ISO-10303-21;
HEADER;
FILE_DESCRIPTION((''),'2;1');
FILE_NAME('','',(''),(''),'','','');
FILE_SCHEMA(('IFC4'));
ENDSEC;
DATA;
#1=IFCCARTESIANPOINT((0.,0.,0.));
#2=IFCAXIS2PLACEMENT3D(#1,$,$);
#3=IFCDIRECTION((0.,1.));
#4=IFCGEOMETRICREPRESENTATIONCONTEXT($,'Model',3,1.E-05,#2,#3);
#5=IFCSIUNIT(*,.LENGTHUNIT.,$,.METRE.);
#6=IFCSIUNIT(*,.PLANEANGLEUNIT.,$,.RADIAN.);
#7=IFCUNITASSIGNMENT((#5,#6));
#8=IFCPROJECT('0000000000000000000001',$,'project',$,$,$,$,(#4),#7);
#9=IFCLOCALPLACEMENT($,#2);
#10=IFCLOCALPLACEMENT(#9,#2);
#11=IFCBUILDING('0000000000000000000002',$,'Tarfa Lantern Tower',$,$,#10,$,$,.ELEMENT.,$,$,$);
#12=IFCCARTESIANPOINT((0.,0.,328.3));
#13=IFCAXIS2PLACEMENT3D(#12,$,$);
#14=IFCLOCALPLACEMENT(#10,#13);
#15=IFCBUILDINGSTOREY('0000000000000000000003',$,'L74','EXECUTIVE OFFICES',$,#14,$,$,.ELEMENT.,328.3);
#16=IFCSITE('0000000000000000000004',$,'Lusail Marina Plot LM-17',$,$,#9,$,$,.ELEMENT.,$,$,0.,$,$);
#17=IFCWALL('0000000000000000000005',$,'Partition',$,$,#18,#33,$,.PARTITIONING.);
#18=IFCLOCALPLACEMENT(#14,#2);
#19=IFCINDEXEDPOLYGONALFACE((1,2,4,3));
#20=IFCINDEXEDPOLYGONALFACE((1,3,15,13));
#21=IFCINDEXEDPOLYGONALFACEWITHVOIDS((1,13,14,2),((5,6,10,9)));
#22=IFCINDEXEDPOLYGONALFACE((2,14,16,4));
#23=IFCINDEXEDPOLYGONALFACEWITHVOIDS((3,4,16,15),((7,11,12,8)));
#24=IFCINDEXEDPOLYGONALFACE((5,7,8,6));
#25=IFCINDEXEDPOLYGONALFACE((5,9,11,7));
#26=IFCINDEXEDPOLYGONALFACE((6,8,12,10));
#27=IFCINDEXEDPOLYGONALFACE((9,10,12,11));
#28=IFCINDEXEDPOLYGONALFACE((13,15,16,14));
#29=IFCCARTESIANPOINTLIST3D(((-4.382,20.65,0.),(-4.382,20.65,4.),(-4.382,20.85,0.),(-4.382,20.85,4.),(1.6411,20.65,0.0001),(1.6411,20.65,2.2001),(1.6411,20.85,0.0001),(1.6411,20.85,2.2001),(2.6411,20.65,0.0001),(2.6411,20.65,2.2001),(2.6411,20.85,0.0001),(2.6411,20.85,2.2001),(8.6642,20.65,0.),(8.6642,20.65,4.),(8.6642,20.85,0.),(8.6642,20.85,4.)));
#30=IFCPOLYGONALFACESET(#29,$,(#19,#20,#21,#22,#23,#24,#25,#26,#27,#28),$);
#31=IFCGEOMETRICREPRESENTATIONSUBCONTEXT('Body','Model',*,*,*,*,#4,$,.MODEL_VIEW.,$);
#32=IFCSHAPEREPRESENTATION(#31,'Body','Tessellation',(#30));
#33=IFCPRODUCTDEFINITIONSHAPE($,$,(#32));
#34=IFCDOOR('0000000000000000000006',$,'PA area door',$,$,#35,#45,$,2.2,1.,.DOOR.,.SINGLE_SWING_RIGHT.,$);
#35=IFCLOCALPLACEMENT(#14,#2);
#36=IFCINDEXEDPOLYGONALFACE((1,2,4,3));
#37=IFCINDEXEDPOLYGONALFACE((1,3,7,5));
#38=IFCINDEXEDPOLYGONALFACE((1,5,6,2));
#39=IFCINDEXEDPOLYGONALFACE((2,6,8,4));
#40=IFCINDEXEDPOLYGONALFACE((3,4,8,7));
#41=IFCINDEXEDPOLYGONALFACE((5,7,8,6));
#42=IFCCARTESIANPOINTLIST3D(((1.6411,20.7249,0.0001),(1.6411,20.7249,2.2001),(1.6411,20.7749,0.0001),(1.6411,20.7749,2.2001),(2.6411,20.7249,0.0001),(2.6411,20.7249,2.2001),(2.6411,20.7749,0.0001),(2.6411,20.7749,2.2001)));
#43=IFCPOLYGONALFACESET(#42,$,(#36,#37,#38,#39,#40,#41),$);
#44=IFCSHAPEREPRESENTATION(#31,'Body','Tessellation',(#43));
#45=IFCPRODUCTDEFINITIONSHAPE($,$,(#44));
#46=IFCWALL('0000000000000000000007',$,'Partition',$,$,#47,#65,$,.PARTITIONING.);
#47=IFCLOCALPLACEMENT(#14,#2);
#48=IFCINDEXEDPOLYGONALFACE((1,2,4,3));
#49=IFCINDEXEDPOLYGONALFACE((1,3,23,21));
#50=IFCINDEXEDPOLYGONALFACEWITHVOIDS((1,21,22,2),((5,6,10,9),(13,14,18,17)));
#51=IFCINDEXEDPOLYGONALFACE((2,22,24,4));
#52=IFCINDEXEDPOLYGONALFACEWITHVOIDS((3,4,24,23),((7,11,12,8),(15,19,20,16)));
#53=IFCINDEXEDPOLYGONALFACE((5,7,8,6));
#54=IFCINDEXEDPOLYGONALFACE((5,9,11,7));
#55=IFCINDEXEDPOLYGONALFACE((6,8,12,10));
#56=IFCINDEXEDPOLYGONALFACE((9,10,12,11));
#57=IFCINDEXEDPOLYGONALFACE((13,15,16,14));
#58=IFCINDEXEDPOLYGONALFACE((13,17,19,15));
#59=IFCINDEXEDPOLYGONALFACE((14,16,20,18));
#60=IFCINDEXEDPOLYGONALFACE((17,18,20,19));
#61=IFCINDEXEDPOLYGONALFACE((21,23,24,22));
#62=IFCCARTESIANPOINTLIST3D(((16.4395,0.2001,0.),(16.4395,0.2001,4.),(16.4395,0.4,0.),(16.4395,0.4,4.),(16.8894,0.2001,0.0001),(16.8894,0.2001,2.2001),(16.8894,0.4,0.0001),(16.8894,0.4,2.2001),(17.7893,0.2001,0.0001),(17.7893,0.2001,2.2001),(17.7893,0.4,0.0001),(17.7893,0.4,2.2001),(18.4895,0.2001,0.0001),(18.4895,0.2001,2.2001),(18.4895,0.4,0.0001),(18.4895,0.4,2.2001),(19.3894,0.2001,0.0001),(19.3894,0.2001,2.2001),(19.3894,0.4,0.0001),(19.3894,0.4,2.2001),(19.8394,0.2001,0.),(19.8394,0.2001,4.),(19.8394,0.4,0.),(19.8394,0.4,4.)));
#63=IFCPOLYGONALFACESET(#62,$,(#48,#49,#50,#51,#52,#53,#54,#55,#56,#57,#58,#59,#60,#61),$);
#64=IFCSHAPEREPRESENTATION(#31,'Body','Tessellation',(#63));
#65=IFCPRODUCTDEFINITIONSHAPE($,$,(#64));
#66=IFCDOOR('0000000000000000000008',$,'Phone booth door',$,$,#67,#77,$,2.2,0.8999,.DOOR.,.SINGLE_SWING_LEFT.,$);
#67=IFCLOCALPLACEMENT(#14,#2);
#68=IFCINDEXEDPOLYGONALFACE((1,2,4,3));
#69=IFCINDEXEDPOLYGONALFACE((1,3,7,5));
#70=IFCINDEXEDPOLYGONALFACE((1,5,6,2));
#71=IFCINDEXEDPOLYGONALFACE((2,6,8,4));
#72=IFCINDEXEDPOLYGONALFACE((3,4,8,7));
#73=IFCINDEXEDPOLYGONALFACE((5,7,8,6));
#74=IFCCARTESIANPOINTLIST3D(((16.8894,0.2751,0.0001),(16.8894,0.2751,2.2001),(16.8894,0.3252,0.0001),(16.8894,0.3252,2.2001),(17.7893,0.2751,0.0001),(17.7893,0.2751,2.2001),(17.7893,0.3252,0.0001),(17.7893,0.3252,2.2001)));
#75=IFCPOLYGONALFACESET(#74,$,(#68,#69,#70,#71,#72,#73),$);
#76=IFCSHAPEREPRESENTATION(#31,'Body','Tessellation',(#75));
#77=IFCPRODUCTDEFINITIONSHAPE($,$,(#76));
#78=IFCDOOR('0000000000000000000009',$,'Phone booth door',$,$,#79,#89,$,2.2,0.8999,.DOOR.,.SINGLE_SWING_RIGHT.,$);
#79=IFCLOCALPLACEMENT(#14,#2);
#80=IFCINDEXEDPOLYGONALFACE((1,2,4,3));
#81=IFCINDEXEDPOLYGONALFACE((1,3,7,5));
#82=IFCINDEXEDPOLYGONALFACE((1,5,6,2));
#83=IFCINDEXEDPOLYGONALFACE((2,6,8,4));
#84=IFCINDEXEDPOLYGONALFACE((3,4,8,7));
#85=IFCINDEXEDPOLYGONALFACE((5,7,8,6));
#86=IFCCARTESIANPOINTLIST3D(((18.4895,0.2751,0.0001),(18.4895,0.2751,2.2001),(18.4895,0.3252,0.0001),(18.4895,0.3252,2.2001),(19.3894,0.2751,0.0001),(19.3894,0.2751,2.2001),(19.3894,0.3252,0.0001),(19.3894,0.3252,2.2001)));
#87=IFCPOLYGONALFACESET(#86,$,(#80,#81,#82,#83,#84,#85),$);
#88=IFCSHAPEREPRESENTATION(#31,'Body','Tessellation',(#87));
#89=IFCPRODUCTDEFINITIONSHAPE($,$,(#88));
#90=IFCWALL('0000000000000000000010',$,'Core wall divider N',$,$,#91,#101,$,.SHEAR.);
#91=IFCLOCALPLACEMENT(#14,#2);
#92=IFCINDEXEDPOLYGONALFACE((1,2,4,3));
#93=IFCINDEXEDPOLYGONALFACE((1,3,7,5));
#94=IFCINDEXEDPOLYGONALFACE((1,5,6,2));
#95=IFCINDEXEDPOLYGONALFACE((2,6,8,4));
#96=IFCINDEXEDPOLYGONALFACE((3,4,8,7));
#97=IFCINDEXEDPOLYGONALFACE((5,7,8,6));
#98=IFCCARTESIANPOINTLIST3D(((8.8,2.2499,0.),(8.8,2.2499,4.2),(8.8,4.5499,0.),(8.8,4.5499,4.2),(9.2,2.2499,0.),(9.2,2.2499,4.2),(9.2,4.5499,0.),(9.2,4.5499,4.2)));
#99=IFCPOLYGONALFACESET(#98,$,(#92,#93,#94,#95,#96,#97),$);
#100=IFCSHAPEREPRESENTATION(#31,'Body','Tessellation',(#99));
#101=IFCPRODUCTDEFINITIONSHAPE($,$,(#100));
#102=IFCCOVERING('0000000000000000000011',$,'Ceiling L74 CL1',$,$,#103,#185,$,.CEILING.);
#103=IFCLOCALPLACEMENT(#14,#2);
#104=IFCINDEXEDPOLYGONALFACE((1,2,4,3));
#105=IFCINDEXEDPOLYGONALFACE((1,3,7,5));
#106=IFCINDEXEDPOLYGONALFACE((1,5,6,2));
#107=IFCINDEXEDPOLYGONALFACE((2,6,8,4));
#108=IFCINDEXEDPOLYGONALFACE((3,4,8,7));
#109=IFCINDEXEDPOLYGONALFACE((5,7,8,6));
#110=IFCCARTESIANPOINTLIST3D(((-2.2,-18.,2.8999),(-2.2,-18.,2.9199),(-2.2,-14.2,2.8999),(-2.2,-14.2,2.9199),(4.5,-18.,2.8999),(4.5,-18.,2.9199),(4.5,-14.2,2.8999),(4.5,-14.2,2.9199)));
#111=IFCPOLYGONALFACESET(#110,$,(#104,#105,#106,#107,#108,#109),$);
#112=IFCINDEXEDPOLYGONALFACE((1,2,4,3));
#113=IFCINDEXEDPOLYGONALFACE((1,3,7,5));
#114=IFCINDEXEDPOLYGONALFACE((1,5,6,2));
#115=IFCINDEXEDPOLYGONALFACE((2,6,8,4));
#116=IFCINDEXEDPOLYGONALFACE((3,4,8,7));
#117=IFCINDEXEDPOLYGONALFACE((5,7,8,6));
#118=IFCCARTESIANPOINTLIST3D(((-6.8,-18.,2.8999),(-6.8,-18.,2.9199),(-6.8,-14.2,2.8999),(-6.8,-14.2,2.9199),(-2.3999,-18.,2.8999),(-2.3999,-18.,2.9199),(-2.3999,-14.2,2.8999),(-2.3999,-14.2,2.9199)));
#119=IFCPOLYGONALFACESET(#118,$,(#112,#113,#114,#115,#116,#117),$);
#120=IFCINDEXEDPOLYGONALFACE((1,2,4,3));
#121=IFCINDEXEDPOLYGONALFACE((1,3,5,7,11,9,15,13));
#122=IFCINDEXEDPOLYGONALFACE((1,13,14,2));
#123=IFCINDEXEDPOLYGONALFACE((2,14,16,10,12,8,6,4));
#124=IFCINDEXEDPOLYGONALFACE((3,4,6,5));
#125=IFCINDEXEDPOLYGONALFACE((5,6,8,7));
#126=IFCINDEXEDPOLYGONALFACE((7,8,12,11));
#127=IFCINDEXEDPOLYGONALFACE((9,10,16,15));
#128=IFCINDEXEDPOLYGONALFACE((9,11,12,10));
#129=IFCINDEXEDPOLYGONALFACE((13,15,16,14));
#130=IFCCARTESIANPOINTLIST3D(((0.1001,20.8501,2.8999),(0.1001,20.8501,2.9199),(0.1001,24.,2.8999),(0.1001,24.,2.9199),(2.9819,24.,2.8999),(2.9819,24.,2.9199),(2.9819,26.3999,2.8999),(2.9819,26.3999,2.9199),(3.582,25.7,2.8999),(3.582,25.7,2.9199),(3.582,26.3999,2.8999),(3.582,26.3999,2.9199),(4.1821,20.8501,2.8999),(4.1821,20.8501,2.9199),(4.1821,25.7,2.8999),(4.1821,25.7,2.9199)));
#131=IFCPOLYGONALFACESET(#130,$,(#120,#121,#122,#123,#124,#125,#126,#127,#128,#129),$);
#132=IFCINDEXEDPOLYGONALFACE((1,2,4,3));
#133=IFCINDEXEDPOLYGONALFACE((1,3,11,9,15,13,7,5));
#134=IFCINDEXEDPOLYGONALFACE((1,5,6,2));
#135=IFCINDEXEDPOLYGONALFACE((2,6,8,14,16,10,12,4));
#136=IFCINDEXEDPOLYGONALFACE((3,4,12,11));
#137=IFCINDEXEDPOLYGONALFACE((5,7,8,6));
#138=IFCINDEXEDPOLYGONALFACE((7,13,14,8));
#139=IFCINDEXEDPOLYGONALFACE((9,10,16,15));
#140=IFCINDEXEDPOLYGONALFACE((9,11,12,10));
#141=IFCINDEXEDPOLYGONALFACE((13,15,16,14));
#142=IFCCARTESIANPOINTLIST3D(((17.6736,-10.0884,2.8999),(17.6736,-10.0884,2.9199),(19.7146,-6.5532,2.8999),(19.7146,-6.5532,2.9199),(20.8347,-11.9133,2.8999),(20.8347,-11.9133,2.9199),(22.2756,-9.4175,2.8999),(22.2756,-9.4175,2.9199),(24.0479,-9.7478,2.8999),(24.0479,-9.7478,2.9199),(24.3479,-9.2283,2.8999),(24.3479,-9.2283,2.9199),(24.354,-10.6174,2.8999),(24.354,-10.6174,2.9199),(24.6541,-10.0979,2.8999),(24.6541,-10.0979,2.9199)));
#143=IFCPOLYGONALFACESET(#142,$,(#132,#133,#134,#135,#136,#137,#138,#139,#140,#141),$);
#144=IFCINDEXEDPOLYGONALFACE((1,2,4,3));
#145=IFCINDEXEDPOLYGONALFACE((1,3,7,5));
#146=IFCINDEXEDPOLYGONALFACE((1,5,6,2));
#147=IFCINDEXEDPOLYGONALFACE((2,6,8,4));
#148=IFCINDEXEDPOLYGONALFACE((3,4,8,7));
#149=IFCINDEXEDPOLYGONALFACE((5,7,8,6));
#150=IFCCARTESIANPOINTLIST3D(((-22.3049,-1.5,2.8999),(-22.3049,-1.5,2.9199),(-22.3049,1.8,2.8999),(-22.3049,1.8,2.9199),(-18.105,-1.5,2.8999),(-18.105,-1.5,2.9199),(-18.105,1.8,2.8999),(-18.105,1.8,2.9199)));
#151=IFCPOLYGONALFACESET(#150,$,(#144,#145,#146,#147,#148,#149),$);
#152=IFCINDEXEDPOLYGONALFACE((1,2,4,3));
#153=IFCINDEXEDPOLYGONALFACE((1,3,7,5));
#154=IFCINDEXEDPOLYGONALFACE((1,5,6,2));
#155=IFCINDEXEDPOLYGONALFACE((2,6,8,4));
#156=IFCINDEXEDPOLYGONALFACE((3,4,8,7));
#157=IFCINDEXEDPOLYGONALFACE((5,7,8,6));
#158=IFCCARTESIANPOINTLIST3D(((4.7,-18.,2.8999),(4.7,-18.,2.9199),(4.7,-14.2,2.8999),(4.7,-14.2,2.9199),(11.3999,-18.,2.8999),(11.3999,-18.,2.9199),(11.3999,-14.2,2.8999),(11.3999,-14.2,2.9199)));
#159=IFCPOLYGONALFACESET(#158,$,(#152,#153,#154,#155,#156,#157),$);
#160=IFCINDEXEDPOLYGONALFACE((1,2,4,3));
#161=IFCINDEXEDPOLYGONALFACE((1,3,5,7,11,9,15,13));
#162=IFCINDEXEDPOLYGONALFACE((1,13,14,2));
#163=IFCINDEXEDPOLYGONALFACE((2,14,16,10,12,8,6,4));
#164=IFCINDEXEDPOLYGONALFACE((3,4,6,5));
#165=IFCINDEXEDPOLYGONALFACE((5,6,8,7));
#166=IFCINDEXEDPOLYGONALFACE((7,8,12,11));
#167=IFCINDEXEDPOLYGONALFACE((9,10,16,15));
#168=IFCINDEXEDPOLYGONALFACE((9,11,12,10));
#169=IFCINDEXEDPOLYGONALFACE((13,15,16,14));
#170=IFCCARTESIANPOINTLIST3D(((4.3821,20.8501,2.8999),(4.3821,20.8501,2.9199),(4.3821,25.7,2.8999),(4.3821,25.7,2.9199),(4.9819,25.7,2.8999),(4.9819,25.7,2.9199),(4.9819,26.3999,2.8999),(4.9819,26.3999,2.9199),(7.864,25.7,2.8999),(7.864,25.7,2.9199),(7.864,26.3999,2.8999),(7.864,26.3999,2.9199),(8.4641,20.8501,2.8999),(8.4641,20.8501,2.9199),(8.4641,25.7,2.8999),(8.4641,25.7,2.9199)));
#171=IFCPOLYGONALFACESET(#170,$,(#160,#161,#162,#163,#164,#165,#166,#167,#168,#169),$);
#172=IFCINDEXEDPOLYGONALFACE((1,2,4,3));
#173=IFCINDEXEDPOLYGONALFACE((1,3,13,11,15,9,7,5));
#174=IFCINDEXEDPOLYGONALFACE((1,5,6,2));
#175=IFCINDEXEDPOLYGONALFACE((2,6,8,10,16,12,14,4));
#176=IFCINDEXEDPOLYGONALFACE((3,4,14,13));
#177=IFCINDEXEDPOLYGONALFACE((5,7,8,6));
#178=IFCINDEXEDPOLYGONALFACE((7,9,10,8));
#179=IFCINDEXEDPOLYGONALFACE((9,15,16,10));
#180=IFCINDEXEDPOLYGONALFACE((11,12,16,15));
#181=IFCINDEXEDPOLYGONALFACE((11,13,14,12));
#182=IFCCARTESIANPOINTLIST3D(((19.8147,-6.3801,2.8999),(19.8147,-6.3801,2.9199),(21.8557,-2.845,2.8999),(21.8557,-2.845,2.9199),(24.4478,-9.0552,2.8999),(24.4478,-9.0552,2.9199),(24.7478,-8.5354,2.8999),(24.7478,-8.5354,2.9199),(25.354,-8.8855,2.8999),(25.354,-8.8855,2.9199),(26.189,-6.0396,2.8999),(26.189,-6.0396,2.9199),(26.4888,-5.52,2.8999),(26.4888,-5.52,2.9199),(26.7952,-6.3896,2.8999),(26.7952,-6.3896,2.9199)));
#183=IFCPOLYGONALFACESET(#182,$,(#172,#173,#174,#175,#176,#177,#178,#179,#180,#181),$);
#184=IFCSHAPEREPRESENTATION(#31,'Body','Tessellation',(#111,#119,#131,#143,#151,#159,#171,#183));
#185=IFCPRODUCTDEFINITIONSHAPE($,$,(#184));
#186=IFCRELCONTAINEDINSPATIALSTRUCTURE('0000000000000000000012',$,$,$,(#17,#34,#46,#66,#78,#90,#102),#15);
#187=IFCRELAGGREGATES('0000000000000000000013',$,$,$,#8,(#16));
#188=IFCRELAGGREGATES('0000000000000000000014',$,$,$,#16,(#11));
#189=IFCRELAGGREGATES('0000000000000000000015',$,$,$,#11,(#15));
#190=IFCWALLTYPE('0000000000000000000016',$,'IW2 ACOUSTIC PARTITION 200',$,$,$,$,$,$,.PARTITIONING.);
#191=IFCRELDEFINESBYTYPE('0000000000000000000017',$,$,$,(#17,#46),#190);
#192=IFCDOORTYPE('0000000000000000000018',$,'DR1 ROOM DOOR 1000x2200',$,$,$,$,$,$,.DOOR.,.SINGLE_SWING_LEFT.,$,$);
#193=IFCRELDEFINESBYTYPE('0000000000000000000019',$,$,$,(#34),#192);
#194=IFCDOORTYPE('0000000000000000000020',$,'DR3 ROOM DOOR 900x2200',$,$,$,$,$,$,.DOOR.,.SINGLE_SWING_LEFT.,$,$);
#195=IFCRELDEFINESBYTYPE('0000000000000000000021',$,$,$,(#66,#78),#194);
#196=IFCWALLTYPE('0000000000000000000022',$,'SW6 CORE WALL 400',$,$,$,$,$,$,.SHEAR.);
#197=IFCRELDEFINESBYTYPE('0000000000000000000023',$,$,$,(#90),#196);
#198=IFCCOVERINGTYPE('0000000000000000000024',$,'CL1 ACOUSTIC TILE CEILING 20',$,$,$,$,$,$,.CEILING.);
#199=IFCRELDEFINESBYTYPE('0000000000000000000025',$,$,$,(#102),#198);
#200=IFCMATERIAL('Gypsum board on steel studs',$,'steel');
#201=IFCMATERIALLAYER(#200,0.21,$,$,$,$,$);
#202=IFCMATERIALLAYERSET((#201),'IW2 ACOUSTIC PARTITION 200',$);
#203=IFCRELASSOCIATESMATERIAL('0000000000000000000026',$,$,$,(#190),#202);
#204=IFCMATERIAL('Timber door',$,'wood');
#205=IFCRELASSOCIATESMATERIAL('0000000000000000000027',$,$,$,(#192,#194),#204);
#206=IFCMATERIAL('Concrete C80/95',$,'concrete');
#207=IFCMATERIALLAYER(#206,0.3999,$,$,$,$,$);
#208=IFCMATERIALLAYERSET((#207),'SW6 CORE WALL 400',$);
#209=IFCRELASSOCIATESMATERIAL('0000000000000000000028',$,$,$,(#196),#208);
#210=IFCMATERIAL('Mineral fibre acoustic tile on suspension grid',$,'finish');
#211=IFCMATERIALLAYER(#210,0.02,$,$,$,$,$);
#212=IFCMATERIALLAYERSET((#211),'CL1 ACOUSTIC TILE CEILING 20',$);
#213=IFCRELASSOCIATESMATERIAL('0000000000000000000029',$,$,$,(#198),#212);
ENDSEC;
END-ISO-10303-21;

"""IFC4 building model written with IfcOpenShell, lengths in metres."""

from ifc_helpers import new_model, si_unit, direction, frame, frame_2d, origin, place, context, subcontext, project, spatial, polyline, rectangle, outline, extrude, material, layer, layer_set, type_object, element, fill, save


model = new_model("IFC4")

# Units and contexts
model_context = context("Model", 3, precision=1e-05, world=origin(), true_north=direction((0.0, 1.0)))
body_context = subcontext(model_context, "Body", "Model", "MODEL_VIEW")
ifc_project = project(units=[si_unit("LENGTHUNIT", "METRE"), si_unit("PLANEANGLEUNIT", "RADIAN")], contexts=[model_context])

# Site, building, storey
site_placement = place(None, origin())
site = spatial("IfcSite", under=ifc_project, at=site_placement, Name="Lusail Marina Plot LM-17", CompositionType="ELEMENT", RefElevation=0.0)
building_placement = place(site_placement, origin())
building = spatial("IfcBuilding", under=site, at=building_placement, Name="Tarfa Lantern Tower", CompositionType="ELEMENT")
storey_placement = place(building_placement, frame((0.0, 0.0, 328.3)))
storey = spatial("IfcBuildingStorey", under=building, at=storey_placement, Name="L74", Description="EXECUTIVE OFFICES", CompositionType="ELEMENT", Elevation=328.3)

# Wall, opening, door
ifc_material_1 = material(Name="Gypsum board on steel studs", Category="steel")
ifc_layer_1 = layer(ifc_material_1, 0.21)
ifc_layer_set_1 = layer_set([ifc_layer_1], Name="IW2 ACOUSTIC PARTITION 200")
wall_type_1 = type_object("IfcWallType", Name="IW2 ACOUSTIC PARTITION 200", PredefinedType="PARTITIONING", material=ifc_layer_set_1)
wall_1_placement = place(storey_placement, frame((8.6641, 20.75, 0.0), z_axis=(0.0, 0.0, 1.0), x_axis=(-1.0, 0.0, 0.0)))
wall_1 = element("IfcWall", 1, at=wall_1_placement, inside=storey, type_object=wall_type_1, Name="Partition", PredefinedType="PARTITIONING", context=body_context, shape_type="SweptSolid", body=[
    extrude(rectangle(XDim=13.0461, YDim=0.2, at=frame_2d((6.5229, 0.0))), origin(), (0.0, 0.0, 1.0), 4.0),
])
opening_1_placement = place(wall_1_placement, frame((6.0229, 0.0, 0.0)))
opening_1 = element("IfcOpeningElement", 2, at=opening_1_placement, cuts=wall_1, PredefinedType="OPENING", context=body_context, shape_type="SweptSolid", body=[
    extrude(rectangle(XDim=1.0, YDim=2.2, at=frame_2d((0.5, 1.1001))), frame((0.0, 0.1099, 0.0), z_axis=(0.0, -1.0, 0.0), x_axis=(1.0, 0.0, 0.0)), (0.0, 0.0, 1.0), 0.22),
])
ifc_material_2 = material(Name="Timber door", Category="wood")
door_type_1 = type_object("IfcDoorType", Name="DR1 ROOM DOOR 1000x2200", OperationType="SINGLE_SWING_LEFT", PredefinedType="DOOR", material=ifc_material_2)
door_1_placement = place(opening_1_placement, frame((1.0, 0.0, 0.0), z_axis=(0.0, 0.0, 1.0), x_axis=(-1.0, 0.0, 0.0)))
door_1 = element("IfcDoor", 3, at=door_1_placement, inside=storey, type_object=door_type_1, Name="PA area door", OperationType="SINGLE_SWING_RIGHT", OverallHeight=2.2, OverallWidth=1.0, PredefinedType="DOOR", context=body_context, shape_type="SweptSolid", body=[
    extrude(rectangle(XDim=1.0, YDim=2.2, at=frame_2d((0.5, 1.1001))), frame((0.0, 0.0249, 0.0), z_axis=(0.0, -1.0, 0.0), x_axis=(1.0, 0.0, 0.0)), (0.0, 0.0, 1.0), 0.05),
])
fill(opening_1, door_1)

# Wall, openings, doors
wall_2_placement = place(storey_placement, frame((16.4395, 0.3, 0.0), z_axis=(0.0, 0.0, 1.0), x_axis=(1.0, 0.0, 0.0)))
wall_2 = element("IfcWall", 4, at=wall_2_placement, inside=storey, type_object=wall_type_1, Name="Partition", PredefinedType="PARTITIONING", context=body_context, shape_type="SweptSolid", body=[
    extrude(rectangle(XDim=3.3999, YDim=0.2, at=frame_2d((1.7, 0.0))), origin(), (0.0, 0.0, 1.0), 4.0),
])
opening_2_placement = place(wall_2_placement, frame((0.45, 0.0, 0.0)))
opening_2 = element("IfcOpeningElement", 5, at=opening_2_placement, cuts=wall_2, PredefinedType="OPENING", context=body_context, shape_type="SweptSolid", body=[
    extrude(rectangle(XDim=0.8999, YDim=2.2, at=frame_2d((0.45, 1.1001))), frame((0.0, 0.1099, 0.0), z_axis=(0.0, -1.0, 0.0), x_axis=(1.0, 0.0, 0.0)), (0.0, 0.0, 1.0), 0.22),
])
opening_3_placement = place(wall_2_placement, frame((2.05, 0.0, 0.0)))
opening_3 = element("IfcOpeningElement", 6, at=opening_3_placement, cuts=wall_2, PredefinedType="OPENING", context=body_context, shape_type="SweptSolid", body=[
    extrude(rectangle(XDim=0.8999, YDim=2.2, at=frame_2d((0.45, 1.1001))), frame((0.0, 0.1099, 0.0), z_axis=(0.0, -1.0, 0.0), x_axis=(1.0, 0.0, 0.0)), (0.0, 0.0, 1.0), 0.22),
])
door_type_2 = type_object("IfcDoorType", Name="DR3 ROOM DOOR 900x2200", OperationType="SINGLE_SWING_LEFT", PredefinedType="DOOR", material=ifc_material_2)
door_2_placement = place(opening_2_placement, frame((0.8999, 0.0, 0.0), z_axis=(0.0, 0.0, 1.0), x_axis=(-1.0, 0.0, 0.0)))
door_2 = element("IfcDoor", 7, at=door_2_placement, inside=storey, type_object=door_type_2, Name="Phone booth door", OperationType="SINGLE_SWING_LEFT", OverallHeight=2.2, OverallWidth=0.8999, PredefinedType="DOOR", context=body_context, shape_type="SweptSolid", body=[
    extrude(rectangle(XDim=0.8999, YDim=2.2, at=frame_2d((0.45, 1.1001))), frame((0.0, 0.0249, 0.0), z_axis=(0.0, -1.0, 0.0), x_axis=(1.0, 0.0, 0.0)), (0.0, 0.0, 1.0), 0.05),
])
fill(opening_2, door_2)
door_3_placement = place(opening_3_placement, frame((0.8999, 0.0, 0.0), z_axis=(0.0, 0.0, 1.0), x_axis=(-1.0, 0.0, 0.0)))
door_3 = element("IfcDoor", 8, at=door_3_placement, inside=storey, type_object=door_type_2, Name="Phone booth door", OperationType="SINGLE_SWING_RIGHT", OverallHeight=2.2, OverallWidth=0.8999, PredefinedType="DOOR", context=body_context, shape_type="SweptSolid", body=[
    extrude(rectangle(XDim=0.8999, YDim=2.2, at=frame_2d((0.45, 1.1001))), frame((0.0, 0.0249, 0.0), z_axis=(0.0, -1.0, 0.0), x_axis=(1.0, 0.0, 0.0)), (0.0, 0.0, 1.0), 0.05),
])
fill(opening_3, door_3)

# Wall
ifc_material_3 = material(Name="Concrete C80/95", Category="concrete")
ifc_layer_2 = layer(ifc_material_3, 0.3999)
ifc_layer_set_2 = layer_set([ifc_layer_2], Name="SW6 CORE WALL 400")
wall_type_2 = type_object("IfcWallType", Name="SW6 CORE WALL 400", PredefinedType="SHEAR", material=ifc_layer_set_2)
wall_3_placement = place(storey_placement, frame((9.0, 2.25, 0.0), z_axis=(0.0, 0.0, 1.0), x_axis=(0.0, 1.0, 0.0)))
element("IfcWall", 9, at=wall_3_placement, inside=storey, type_object=wall_type_2, Name="Core wall divider N", PredefinedType="SHEAR", context=body_context, shape_type="SweptSolid", body=[
    extrude(rectangle(XDim=2.3, YDim=0.3999, at=frame_2d((1.1499, 0.0))), origin(), (0.0, 0.0, 1.0), 4.2),
])

# Covering
ifc_material_4 = material(Name="Mineral fibre acoustic tile on suspension grid", Category="finish")
ifc_layer_3 = layer(ifc_material_4, 0.02)
ifc_layer_set_3 = layer_set([ifc_layer_3], Name="CL1 ACOUSTIC TILE CEILING 20")
covering_type_1 = type_object("IfcCoveringType", Name="CL1 ACOUSTIC TILE CEILING 20", PredefinedType="CEILING", material=ifc_layer_set_3)
covering_1_placement = place(storey_placement, frame((0.0, 0.0, 2.8999)))
element("IfcCovering", 10, at=covering_1_placement, inside=storey, type_object=covering_type_1, Name="Ceiling L74 CL1", PredefinedType="CEILING", context=body_context, shape_type="SweptSolid", body=[
    extrude(outline(polyline([(-2.2, -14.2), (4.5, -14.2), (4.5, -18.0), (-2.2, -18.0), (-2.2, -14.2)])), origin(), (0.0, 0.0, 1.0), 0.02),
    extrude(outline(polyline([(-6.8, -14.2), (-2.3999, -14.2), (-2.3999, -18.0), (-6.8, -18.0), (-6.8, -14.2)])), origin(), (0.0, 0.0, 1.0), 0.02),
    extrude(outline(polyline([(4.1821, 20.8501), (0.1001, 20.8501), (0.1001, 24.0), (2.9819, 24.0), (2.9819, 26.3999), (3.582, 26.3999), (3.582, 25.7), (4.1821, 25.7), (4.1821, 20.8501)])), origin(), (0.0, 0.0, 1.0), 0.02),
    extrude(outline(polyline([(19.7146, -6.5532), (24.3479, -9.2283), (24.0479, -9.7478), (24.6541, -10.0979), (24.354, -10.6174), (22.2756, -9.4175), (20.8347, -11.9133), (17.6736, -10.0884), (19.7146, -6.5532)])), origin(), (0.0, 0.0, 1.0), 0.02),
    extrude(outline(polyline([(-22.3049, 1.8), (-18.105, 1.8), (-18.105, -1.5), (-22.3049, -1.5), (-22.3049, 1.8)])), origin(), (0.0, 0.0, 1.0), 0.02),
    extrude(outline(polyline([(4.7, -14.2), (11.3999, -14.2), (11.3999, -18.0), (4.7, -18.0), (4.7, -14.2)])), origin(), (0.0, 0.0, 1.0), 0.02),
    extrude(outline(polyline([(8.4641, 20.8501), (4.3821, 20.8501), (4.3821, 25.7), (4.9819, 25.7), (4.9819, 26.3999), (7.864, 26.3999), (7.864, 25.7), (8.4641, 25.7), (8.4641, 20.8501)])), origin(), (0.0, 0.0, 1.0), 0.02),
    extrude(outline(polyline([(21.8557, -2.845), (26.4888, -5.52), (26.189, -6.0396), (26.7952, -6.3896), (25.354, -8.8855), (24.7478, -8.5354), (24.4478, -9.0552), (19.8147, -6.3801), (21.8557, -2.845)])), origin(), (0.0, 0.0, 1.0), 0.02),
])

save(model, "model.ifc")
